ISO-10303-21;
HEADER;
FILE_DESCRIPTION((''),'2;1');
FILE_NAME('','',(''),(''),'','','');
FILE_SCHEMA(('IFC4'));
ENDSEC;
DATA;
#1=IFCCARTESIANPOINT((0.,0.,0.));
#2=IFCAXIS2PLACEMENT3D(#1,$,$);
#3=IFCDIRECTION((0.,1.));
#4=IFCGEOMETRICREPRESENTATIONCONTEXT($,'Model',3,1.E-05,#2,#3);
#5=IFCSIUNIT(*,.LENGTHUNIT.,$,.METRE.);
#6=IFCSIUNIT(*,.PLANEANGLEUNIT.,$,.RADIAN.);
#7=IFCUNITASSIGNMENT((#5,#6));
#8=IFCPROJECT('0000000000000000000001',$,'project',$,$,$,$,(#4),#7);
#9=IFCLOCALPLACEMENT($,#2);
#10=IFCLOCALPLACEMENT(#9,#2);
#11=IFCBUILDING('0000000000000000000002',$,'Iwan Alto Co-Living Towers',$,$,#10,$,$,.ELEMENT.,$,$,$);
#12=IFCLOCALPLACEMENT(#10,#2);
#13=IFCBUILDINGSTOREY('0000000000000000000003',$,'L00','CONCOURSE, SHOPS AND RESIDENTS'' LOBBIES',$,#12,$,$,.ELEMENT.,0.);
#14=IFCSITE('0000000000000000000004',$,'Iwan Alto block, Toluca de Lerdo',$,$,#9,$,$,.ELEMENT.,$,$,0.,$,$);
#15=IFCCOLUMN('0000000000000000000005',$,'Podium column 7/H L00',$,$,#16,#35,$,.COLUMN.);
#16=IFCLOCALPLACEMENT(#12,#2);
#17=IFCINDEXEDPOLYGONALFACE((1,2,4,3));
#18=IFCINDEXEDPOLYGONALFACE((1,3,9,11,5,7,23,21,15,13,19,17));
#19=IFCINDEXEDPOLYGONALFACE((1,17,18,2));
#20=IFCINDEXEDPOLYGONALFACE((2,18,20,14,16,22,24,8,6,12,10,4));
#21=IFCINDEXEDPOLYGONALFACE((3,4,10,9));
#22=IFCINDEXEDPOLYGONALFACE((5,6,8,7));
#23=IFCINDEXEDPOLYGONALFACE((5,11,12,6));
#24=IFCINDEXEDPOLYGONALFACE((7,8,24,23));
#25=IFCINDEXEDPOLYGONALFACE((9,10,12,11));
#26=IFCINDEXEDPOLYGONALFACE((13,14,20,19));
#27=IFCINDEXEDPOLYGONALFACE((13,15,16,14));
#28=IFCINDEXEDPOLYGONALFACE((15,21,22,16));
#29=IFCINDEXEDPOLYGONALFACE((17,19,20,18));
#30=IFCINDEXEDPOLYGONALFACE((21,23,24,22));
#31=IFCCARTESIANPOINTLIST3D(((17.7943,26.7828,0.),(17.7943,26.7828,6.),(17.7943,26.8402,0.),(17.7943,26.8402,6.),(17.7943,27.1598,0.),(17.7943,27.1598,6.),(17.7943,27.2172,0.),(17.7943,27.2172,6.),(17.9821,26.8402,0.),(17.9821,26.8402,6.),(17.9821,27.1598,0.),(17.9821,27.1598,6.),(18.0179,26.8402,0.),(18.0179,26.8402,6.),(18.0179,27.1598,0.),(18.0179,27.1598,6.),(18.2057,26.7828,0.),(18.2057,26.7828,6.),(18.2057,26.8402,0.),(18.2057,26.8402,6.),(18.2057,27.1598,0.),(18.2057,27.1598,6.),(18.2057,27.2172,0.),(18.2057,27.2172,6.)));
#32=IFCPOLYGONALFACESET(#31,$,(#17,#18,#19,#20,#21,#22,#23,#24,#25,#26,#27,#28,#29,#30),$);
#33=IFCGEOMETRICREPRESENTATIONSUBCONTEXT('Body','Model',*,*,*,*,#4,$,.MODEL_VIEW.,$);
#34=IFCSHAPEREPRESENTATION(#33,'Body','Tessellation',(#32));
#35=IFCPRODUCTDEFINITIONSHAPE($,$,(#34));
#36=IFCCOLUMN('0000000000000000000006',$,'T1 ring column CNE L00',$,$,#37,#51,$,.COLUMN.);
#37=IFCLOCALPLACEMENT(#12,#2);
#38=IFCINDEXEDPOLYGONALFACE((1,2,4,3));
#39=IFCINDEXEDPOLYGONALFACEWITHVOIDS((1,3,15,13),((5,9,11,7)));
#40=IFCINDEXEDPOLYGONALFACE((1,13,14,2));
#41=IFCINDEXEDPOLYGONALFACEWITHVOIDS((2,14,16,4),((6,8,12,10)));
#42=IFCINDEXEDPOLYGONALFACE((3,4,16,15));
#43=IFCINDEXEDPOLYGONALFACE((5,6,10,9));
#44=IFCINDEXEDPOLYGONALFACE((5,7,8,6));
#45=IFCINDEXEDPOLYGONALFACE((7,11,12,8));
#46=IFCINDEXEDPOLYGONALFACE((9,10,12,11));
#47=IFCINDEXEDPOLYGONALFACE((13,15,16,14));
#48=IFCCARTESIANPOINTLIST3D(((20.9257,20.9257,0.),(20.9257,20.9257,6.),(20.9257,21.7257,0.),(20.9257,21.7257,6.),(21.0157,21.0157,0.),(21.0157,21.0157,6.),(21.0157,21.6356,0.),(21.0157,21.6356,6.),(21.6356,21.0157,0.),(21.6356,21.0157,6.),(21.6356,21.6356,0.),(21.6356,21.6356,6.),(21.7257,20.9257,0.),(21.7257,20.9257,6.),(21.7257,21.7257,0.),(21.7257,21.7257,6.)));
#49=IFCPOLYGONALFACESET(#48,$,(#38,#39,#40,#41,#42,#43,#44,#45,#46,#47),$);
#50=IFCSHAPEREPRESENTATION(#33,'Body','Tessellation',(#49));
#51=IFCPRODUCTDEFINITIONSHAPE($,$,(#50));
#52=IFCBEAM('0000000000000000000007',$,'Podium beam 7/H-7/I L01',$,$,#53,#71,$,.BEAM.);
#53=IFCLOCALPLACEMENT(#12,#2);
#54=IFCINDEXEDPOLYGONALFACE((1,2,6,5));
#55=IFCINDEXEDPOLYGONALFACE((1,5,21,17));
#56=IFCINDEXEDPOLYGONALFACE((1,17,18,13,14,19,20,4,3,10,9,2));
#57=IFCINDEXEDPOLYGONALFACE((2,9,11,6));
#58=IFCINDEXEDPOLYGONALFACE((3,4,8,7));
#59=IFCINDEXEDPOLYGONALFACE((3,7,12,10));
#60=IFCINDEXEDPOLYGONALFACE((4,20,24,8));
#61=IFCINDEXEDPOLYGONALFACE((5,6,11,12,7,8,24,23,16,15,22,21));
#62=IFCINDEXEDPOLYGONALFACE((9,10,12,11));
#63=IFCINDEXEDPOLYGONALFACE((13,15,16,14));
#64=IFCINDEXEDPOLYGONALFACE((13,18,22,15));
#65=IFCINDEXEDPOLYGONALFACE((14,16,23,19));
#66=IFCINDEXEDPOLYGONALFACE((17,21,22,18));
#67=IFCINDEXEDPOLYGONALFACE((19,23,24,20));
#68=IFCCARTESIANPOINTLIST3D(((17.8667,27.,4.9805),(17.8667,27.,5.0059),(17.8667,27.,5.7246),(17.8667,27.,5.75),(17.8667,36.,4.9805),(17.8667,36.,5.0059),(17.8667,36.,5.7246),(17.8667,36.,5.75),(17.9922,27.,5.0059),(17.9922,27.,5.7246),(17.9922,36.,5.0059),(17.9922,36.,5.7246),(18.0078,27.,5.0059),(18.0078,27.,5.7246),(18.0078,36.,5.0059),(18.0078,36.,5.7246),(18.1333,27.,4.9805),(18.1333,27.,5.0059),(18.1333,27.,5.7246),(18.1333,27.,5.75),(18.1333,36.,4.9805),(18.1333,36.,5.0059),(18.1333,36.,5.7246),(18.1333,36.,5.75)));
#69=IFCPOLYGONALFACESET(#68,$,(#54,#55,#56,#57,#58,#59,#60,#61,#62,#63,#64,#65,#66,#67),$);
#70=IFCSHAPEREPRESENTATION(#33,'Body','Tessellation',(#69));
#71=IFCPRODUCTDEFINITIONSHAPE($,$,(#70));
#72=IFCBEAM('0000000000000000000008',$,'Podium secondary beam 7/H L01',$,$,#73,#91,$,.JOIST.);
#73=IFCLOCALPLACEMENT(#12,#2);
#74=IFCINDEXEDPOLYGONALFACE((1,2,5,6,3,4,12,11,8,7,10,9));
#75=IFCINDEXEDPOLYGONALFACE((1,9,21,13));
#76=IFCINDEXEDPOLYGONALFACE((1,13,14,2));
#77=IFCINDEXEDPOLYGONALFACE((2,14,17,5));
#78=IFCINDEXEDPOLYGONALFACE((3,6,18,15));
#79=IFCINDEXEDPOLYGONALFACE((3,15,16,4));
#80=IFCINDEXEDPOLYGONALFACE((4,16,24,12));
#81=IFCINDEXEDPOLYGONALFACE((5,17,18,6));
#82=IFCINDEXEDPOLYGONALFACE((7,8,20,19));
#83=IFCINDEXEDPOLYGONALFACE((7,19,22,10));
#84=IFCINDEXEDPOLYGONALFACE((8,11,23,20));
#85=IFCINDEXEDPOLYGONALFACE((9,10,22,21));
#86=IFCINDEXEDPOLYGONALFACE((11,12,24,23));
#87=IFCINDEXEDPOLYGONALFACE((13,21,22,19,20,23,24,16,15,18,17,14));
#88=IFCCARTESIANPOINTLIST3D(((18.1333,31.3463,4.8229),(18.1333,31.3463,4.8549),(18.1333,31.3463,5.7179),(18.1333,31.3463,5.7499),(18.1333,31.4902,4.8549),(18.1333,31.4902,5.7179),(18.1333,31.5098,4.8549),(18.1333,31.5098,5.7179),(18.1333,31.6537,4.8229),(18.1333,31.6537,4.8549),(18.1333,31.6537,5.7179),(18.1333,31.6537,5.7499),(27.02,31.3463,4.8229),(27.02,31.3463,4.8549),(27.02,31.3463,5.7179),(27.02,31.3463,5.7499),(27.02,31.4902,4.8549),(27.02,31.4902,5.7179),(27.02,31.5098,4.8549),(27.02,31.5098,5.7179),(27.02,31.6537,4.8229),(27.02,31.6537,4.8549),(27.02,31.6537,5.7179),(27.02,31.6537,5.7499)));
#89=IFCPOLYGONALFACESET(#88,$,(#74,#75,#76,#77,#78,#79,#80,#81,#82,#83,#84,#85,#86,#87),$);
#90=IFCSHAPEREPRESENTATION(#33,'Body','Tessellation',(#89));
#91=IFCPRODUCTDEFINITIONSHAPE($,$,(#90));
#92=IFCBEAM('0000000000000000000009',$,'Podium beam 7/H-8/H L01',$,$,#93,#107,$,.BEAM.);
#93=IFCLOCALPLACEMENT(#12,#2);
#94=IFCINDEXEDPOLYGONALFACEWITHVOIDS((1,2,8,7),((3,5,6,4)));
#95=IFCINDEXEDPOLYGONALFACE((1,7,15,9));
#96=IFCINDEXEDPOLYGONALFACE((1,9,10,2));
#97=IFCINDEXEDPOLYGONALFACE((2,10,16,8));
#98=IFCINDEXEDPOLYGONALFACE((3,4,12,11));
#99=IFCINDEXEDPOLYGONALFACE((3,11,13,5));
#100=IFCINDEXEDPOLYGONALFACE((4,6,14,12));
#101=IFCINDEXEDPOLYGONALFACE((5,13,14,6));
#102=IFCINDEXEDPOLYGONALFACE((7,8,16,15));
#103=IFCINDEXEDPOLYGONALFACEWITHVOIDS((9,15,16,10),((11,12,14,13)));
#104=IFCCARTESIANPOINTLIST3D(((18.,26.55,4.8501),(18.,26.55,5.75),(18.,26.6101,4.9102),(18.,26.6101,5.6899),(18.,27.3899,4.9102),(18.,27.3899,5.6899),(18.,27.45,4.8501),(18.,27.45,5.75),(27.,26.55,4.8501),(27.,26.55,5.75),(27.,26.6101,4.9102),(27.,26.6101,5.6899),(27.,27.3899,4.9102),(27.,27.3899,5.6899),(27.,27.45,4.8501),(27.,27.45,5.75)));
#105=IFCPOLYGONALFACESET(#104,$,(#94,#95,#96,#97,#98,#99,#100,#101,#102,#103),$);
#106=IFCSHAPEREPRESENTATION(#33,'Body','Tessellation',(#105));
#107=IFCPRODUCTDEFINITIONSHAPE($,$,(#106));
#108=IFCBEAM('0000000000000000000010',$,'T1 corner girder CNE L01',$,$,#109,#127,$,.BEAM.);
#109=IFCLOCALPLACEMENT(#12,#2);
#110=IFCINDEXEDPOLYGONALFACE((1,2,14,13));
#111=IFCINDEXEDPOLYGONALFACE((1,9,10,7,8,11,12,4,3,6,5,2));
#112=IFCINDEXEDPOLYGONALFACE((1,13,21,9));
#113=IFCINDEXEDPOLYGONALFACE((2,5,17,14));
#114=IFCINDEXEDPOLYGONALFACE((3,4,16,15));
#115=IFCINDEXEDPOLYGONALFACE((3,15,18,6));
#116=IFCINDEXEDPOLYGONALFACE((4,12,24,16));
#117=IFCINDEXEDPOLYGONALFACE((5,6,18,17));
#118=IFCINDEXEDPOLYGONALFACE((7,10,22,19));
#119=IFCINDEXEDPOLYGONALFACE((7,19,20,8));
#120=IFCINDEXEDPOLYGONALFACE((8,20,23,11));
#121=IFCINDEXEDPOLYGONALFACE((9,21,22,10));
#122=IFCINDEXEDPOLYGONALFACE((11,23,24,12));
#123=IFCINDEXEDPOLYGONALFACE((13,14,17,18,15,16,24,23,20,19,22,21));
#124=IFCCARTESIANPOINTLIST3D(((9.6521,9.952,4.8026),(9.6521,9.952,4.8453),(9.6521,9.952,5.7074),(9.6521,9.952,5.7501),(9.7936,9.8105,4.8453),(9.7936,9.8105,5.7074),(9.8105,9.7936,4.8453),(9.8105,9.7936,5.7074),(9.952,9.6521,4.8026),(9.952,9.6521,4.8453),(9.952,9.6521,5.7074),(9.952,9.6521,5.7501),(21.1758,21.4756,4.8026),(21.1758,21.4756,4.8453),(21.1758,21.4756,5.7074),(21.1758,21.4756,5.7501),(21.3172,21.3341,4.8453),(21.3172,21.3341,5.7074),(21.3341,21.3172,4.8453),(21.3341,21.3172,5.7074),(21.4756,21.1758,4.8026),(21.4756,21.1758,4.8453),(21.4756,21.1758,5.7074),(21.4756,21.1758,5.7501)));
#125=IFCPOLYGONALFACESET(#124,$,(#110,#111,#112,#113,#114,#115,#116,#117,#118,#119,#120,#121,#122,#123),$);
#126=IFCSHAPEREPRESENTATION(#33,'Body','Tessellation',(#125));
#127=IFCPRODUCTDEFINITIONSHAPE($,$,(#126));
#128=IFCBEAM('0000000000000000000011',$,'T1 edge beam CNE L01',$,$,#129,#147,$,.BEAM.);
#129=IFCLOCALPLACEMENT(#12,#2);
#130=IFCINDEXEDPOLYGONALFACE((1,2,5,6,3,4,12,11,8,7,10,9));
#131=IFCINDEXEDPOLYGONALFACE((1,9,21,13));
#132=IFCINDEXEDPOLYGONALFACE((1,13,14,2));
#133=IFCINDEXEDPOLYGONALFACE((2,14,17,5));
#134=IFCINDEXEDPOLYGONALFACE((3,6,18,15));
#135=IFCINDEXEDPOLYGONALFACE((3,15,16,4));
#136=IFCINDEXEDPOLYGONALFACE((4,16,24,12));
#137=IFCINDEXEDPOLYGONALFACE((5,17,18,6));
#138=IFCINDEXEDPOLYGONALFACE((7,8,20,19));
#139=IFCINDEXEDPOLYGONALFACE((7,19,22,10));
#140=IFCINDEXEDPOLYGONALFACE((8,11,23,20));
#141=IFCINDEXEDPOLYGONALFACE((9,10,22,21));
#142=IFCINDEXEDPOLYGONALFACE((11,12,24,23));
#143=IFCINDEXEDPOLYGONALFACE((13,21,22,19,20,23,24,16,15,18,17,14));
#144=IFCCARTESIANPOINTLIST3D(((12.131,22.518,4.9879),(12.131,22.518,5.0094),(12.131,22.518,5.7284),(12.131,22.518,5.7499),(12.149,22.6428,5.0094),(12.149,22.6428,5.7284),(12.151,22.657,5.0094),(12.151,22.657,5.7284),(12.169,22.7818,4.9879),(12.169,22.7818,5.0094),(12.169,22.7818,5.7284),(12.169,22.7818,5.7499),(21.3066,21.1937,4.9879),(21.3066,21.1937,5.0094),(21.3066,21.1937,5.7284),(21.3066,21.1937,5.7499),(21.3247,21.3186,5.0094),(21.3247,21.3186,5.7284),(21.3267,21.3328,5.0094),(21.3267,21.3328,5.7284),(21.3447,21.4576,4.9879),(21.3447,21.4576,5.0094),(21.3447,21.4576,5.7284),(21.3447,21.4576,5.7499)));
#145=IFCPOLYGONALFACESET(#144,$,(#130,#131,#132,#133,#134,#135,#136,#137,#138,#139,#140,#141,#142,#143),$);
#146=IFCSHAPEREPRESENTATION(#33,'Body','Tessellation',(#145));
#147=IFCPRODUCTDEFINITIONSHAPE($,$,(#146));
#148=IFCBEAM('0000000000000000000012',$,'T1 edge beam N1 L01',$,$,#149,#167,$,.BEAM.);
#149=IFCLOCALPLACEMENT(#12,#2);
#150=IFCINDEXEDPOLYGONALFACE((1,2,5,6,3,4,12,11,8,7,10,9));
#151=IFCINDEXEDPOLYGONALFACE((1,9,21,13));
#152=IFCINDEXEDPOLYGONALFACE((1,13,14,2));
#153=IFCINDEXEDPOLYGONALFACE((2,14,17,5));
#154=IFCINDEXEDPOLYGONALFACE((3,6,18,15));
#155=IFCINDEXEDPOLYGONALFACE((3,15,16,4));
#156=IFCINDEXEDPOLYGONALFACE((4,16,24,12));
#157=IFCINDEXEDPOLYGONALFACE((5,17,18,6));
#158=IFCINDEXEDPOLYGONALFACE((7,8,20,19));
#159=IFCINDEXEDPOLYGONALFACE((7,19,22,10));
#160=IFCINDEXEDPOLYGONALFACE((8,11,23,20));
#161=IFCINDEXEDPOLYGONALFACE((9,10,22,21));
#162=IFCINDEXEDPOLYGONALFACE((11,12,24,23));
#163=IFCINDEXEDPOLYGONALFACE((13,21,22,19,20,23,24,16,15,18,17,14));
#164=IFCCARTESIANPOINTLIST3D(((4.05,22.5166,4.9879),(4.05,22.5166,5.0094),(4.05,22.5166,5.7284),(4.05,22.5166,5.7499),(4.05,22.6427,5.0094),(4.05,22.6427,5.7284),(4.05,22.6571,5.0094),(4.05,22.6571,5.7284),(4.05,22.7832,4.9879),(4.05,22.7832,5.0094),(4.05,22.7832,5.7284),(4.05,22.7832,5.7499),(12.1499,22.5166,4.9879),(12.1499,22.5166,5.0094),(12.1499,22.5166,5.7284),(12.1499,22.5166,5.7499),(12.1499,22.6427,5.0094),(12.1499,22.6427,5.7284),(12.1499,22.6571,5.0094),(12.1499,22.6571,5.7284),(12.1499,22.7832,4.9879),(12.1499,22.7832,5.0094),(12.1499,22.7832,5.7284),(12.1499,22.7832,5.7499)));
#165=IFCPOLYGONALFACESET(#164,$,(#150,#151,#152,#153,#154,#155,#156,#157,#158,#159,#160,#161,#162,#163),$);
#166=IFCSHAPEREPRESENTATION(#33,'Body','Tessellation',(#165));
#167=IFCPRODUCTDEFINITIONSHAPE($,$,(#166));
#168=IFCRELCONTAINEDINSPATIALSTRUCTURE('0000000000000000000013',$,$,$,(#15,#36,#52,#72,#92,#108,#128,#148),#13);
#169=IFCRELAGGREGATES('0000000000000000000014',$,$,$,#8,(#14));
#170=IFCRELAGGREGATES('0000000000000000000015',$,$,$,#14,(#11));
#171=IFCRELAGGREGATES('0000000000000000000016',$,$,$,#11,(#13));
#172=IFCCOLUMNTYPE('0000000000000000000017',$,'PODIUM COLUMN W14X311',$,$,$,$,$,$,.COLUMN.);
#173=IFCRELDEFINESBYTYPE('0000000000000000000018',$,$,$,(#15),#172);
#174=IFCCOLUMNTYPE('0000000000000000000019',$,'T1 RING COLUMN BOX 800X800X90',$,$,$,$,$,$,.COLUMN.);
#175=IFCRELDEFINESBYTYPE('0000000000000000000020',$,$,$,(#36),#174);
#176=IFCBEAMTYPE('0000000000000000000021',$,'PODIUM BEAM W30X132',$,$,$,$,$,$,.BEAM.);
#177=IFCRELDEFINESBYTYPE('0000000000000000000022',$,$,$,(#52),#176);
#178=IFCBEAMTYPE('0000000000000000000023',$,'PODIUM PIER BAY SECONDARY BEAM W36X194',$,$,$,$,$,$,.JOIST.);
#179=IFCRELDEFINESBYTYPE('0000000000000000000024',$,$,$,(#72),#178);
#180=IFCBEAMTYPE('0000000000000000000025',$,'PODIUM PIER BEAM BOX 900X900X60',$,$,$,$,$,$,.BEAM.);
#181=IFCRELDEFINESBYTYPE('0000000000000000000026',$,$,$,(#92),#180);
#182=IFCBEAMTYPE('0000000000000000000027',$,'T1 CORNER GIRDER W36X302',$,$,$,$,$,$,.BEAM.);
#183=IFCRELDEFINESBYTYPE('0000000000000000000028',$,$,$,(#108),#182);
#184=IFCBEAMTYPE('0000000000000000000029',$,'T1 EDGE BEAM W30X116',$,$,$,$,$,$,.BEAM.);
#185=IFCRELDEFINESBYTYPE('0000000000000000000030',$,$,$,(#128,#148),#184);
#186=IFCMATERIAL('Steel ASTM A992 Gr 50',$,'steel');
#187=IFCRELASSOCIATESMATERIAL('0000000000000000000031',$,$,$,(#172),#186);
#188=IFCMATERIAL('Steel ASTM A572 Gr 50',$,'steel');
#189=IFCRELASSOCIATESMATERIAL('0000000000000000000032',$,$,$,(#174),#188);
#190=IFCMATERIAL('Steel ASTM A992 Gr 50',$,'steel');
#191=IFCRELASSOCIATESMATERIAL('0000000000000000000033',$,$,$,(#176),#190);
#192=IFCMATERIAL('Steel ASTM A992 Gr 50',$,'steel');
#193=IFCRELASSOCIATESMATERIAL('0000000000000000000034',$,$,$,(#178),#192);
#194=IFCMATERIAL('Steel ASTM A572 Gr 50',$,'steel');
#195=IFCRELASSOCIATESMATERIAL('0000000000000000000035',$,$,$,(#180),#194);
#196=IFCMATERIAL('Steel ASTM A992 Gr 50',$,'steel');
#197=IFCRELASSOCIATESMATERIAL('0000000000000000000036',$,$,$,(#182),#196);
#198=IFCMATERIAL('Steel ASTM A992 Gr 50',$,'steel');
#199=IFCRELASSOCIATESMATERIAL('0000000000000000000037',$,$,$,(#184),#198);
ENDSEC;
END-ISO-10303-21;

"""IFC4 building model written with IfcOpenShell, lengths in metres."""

from ifc_helpers import new_model, si_unit, direction, frame, origin, origin_2d, place, context, subcontext, project, spatial, hollow_rectangle, i_section, extrude, material, material_profile, profile_set, type_object, element, save


model = new_model("IFC4")

# Units and contexts
model_context = context("Model", 3, precision=1e-05, world=origin(), true_north=direction((0.0, 1.0)))
body_context = subcontext(model_context, "Body", "Model", "MODEL_VIEW")
ifc_project = project(units=[si_unit("LENGTHUNIT", "METRE"), si_unit("PLANEANGLEUNIT", "RADIAN")], contexts=[model_context])

# Site, building, storey
site_placement = place(None, origin())
site = spatial("IfcSite", under=ifc_project, at=site_placement, Name="Iwan Alto block, Toluca de Lerdo", CompositionType="ELEMENT", RefElevation=0.0)
building_placement = place(site_placement, origin())
building = spatial("IfcBuilding", under=site, at=building_placement, Name="Iwan Alto Co-Living Towers", CompositionType="ELEMENT")
storey_placement = place(building_placement, origin())
storey = spatial("IfcBuildingStorey", under=building, at=storey_placement, Name="L00", Description="CONCOURSE, SHOPS AND RESIDENTS' LOBBIES", CompositionType="ELEMENT", Elevation=0.0)

# Columns
ifc_material_1 = material(Name="Steel ASTM A992 Gr 50", Category="steel")
ifc_material_profile_1 = material_profile(ifc_material_1, i_section(OverallWidth=0.4114, OverallDepth=0.4343, WebThickness=0.0359, FlangeThickness=0.0574, at=origin_2d()), Name="W14X311")
ifc_profile_set_1 = profile_set([ifc_material_profile_1], Name="Steel ASTM A992 Gr 50")
column_type_1 = type_object("IfcColumnType", Name="PODIUM COLUMN W14X311", PredefinedType="COLUMN", material=ifc_profile_set_1)
column_1_placement = place(storey_placement, frame((18.0, 27.0, 0.0), z_axis=(0.0, 0.0, 1.0), x_axis=(1.0, 0.0, 0.0)))
element("IfcColumn", 1, at=column_1_placement, inside=storey, type_object=column_type_1, Name="Podium column 7/H L00", PredefinedType="COLUMN", context=body_context, shape_type="SweptSolid", body=[
    extrude(i_section(OverallWidth=0.4114, OverallDepth=0.4343, WebThickness=0.0359, FlangeThickness=0.0574, at=origin_2d()), origin(), (0.0, 0.0, 1.0), 6.0),
])
ifc_material_2 = material(Name="Steel ASTM A572 Gr 50", Category="steel")
ifc_material_profile_2 = material_profile(ifc_material_2, hollow_rectangle(XDim=0.8, YDim=0.8, WallThickness=0.0901, at=origin_2d()), Name="BOX 800X800X90")
ifc_profile_set_2 = profile_set([ifc_material_profile_2], Name="Steel ASTM A572 Gr 50")
column_type_2 = type_object("IfcColumnType", Name="T1 RING COLUMN BOX 800X800X90", PredefinedType="COLUMN", material=ifc_profile_set_2)
column_2_placement = place(storey_placement, frame((21.3257, 21.3257, 0.0), z_axis=(0.0, 0.0, 1.0), x_axis=(1.0, 0.0, 0.0)))
element("IfcColumn", 2, at=column_2_placement, inside=storey, type_object=column_type_2, Name="T1 ring column CNE L00", PredefinedType="COLUMN", context=body_context, shape_type="SweptSolid", body=[
    extrude(hollow_rectangle(XDim=0.8, YDim=0.8, WallThickness=0.0901, at=origin_2d()), origin(), (0.0, 0.0, 1.0), 6.0),
])

# Beams
ifc_material_3 = material(Name="Steel ASTM A992 Gr 50", Category="steel")
ifc_material_profile_3 = material_profile(ifc_material_3, i_section(OverallWidth=0.2666, OverallDepth=0.7695, WebThickness=0.0156, FlangeThickness=0.0254, at=origin_2d()), Name="W30X132")
ifc_profile_set_3 = profile_set([ifc_material_profile_3], Name="Steel ASTM A992 Gr 50")
beam_type_1 = type_object("IfcBeamType", Name="PODIUM BEAM W30X132", PredefinedType="BEAM", material=ifc_profile_set_3)
beam_1_placement = place(storey_placement, frame((18.0, 27.0, 5.3652), z_axis=(0.0, 1.0, 0.0), x_axis=(-1.0, 0.0, 0.0)))
element("IfcBeam", 3, at=beam_1_placement, inside=storey, type_object=beam_type_1, Name="Podium beam 7/H-7/I L01", PredefinedType="BEAM", context=body_context, shape_type="SweptSolid", body=[
    extrude(i_section(OverallWidth=0.2666, OverallDepth=0.7695, WebThickness=0.0156, FlangeThickness=0.0254, at=origin_2d()), origin(), (0.0, 0.0, 1.0), 9.0),
])
ifc_material_4 = material(Name="Steel ASTM A992 Gr 50", Category="steel")
ifc_material_profile_4 = material_profile(ifc_material_4, i_section(OverallWidth=0.3074, OverallDepth=0.927, WebThickness=0.0195, FlangeThickness=0.032, at=origin_2d()), Name="W36X194")
ifc_profile_set_4 = profile_set([ifc_material_profile_4], Name="Steel ASTM A992 Gr 50")
beam_type_2 = type_object("IfcBeamType", Name="PODIUM PIER BAY SECONDARY BEAM W36X194", PredefinedType="JOIST", material=ifc_profile_set_4)
beam_2_placement = place(storey_placement, frame((18.1333, 31.5, 5.2864), z_axis=(1.0, 0.0, 0.0), x_axis=(0.0, 1.0, 0.0)))
element("IfcBeam", 4, at=beam_2_placement, inside=storey, type_object=beam_type_2, Name="Podium secondary beam 7/H L01", PredefinedType="JOIST", context=body_context, shape_type="SweptSolid", body=[
    extrude(i_section(OverallWidth=0.3074, OverallDepth=0.927, WebThickness=0.0195, FlangeThickness=0.032, at=origin_2d()), origin(), (0.0, 0.0, 1.0), 8.8867),
])
ifc_material_5 = material(Name="Steel ASTM A572 Gr 50", Category="steel")
ifc_material_profile_5 = material_profile(ifc_material_5, hollow_rectangle(XDim=0.8999, YDim=0.8999, WallThickness=0.0601, at=origin_2d()), Name="BOX 900X900X60")
ifc_profile_set_5 = profile_set([ifc_material_profile_5], Name="Steel ASTM A572 Gr 50")
beam_type_3 = type_object("IfcBeamType", Name="PODIUM PIER BEAM BOX 900X900X60", PredefinedType="BEAM", material=ifc_profile_set_5)
beam_3_placement = place(storey_placement, frame((18.0, 27.0, 5.3), z_axis=(1.0, 0.0, 0.0), x_axis=(0.0, 1.0, 0.0)))
element("IfcBeam", 5, at=beam_3_placement, inside=storey, type_object=beam_type_3, Name="Podium beam 7/H-8/H L01", PredefinedType="BEAM", context=body_context, shape_type="SweptSolid", body=[
    extrude(hollow_rectangle(XDim=0.8999, YDim=0.8999, WallThickness=0.0601, at=origin_2d()), origin(), (0.0, 0.0, 1.0), 9.0),
])
ifc_material_6 = material(Name="Steel ASTM A992 Gr 50", Category="steel")
ifc_material_profile_6 = material_profile(ifc_material_6, i_section(OverallWidth=0.4241, OverallDepth=0.9475, WebThickness=0.0239, FlangeThickness=0.0427, at=origin_2d()), Name="W36X302")
ifc_profile_set_6 = profile_set([ifc_material_profile_6], Name="Steel ASTM A992 Gr 50")
beam_type_4 = type_object("IfcBeamType", Name="T1 CORNER GIRDER W36X302", PredefinedType="BEAM", material=ifc_profile_set_6)
beam_4_placement = place(storey_placement, frame((21.3257, 21.3257, 5.2764), z_axis=(-0.707107, -0.707107, 0.0), x_axis=(0.707107, -0.707107, 0.0)))
element("IfcBeam", 6, at=beam_4_placement, inside=storey, type_object=beam_type_4, Name="T1 corner girder CNE L01", PredefinedType="BEAM", context=body_context, shape_type="SweptSolid", body=[
    extrude(i_section(OverallWidth=0.4241, OverallDepth=0.9475, WebThickness=0.0239, FlangeThickness=0.0427, at=origin_2d()), origin(), (0.0, 0.0, 1.0), 16.2969),
])
ifc_material_7 = material(Name="Steel ASTM A992 Gr 50", Category="steel")
ifc_material_profile_7 = material_profile(ifc_material_7, i_section(OverallWidth=0.2666, OverallDepth=0.762, WebThickness=0.0144, FlangeThickness=0.0215, at=origin_2d()), Name="W30X116")
ifc_profile_set_7 = profile_set([ifc_material_profile_7], Name="Steel ASTM A992 Gr 50")
beam_type_5 = type_object("IfcBeamType", Name="T1 EDGE BEAM W30X116", PredefinedType="BEAM", material=ifc_profile_set_7)
beam_5_placement = place(storey_placement, frame((21.3257, 21.3257, 5.3689), z_axis=(-0.989746, 0.142837, 0.0), x_axis=(-0.142837, -0.989746, 0.0)))
element("IfcBeam", 7, at=beam_5_placement, inside=storey, type_object=beam_type_5, Name="T1 edge beam CNE L01", PredefinedType="BEAM", context=body_context, shape_type="SweptSolid", body=[
    extrude(i_section(OverallWidth=0.2666, OverallDepth=0.762, WebThickness=0.0144, FlangeThickness=0.0215, at=origin_2d()), origin(), (0.0, 0.0, 1.0), 9.2708),
])
beam_6_placement = place(storey_placement, frame((12.1499, 22.6499, 5.3689), z_axis=(-1.0, 0.0, 0.0), x_axis=(0.0, -1.0, 0.0)))
element("IfcBeam", 8, at=beam_6_placement, inside=storey, type_object=beam_type_5, Name="T1 edge beam N1 L01", PredefinedType="BEAM", context=body_context, shape_type="SweptSolid", body=[
    extrude(i_section(OverallWidth=0.2666, OverallDepth=0.762, WebThickness=0.0144, FlangeThickness=0.0215, at=origin_2d()), origin(), (0.0, 0.0, 1.0), 8.0999),
])

save(model, "model.ifc")
